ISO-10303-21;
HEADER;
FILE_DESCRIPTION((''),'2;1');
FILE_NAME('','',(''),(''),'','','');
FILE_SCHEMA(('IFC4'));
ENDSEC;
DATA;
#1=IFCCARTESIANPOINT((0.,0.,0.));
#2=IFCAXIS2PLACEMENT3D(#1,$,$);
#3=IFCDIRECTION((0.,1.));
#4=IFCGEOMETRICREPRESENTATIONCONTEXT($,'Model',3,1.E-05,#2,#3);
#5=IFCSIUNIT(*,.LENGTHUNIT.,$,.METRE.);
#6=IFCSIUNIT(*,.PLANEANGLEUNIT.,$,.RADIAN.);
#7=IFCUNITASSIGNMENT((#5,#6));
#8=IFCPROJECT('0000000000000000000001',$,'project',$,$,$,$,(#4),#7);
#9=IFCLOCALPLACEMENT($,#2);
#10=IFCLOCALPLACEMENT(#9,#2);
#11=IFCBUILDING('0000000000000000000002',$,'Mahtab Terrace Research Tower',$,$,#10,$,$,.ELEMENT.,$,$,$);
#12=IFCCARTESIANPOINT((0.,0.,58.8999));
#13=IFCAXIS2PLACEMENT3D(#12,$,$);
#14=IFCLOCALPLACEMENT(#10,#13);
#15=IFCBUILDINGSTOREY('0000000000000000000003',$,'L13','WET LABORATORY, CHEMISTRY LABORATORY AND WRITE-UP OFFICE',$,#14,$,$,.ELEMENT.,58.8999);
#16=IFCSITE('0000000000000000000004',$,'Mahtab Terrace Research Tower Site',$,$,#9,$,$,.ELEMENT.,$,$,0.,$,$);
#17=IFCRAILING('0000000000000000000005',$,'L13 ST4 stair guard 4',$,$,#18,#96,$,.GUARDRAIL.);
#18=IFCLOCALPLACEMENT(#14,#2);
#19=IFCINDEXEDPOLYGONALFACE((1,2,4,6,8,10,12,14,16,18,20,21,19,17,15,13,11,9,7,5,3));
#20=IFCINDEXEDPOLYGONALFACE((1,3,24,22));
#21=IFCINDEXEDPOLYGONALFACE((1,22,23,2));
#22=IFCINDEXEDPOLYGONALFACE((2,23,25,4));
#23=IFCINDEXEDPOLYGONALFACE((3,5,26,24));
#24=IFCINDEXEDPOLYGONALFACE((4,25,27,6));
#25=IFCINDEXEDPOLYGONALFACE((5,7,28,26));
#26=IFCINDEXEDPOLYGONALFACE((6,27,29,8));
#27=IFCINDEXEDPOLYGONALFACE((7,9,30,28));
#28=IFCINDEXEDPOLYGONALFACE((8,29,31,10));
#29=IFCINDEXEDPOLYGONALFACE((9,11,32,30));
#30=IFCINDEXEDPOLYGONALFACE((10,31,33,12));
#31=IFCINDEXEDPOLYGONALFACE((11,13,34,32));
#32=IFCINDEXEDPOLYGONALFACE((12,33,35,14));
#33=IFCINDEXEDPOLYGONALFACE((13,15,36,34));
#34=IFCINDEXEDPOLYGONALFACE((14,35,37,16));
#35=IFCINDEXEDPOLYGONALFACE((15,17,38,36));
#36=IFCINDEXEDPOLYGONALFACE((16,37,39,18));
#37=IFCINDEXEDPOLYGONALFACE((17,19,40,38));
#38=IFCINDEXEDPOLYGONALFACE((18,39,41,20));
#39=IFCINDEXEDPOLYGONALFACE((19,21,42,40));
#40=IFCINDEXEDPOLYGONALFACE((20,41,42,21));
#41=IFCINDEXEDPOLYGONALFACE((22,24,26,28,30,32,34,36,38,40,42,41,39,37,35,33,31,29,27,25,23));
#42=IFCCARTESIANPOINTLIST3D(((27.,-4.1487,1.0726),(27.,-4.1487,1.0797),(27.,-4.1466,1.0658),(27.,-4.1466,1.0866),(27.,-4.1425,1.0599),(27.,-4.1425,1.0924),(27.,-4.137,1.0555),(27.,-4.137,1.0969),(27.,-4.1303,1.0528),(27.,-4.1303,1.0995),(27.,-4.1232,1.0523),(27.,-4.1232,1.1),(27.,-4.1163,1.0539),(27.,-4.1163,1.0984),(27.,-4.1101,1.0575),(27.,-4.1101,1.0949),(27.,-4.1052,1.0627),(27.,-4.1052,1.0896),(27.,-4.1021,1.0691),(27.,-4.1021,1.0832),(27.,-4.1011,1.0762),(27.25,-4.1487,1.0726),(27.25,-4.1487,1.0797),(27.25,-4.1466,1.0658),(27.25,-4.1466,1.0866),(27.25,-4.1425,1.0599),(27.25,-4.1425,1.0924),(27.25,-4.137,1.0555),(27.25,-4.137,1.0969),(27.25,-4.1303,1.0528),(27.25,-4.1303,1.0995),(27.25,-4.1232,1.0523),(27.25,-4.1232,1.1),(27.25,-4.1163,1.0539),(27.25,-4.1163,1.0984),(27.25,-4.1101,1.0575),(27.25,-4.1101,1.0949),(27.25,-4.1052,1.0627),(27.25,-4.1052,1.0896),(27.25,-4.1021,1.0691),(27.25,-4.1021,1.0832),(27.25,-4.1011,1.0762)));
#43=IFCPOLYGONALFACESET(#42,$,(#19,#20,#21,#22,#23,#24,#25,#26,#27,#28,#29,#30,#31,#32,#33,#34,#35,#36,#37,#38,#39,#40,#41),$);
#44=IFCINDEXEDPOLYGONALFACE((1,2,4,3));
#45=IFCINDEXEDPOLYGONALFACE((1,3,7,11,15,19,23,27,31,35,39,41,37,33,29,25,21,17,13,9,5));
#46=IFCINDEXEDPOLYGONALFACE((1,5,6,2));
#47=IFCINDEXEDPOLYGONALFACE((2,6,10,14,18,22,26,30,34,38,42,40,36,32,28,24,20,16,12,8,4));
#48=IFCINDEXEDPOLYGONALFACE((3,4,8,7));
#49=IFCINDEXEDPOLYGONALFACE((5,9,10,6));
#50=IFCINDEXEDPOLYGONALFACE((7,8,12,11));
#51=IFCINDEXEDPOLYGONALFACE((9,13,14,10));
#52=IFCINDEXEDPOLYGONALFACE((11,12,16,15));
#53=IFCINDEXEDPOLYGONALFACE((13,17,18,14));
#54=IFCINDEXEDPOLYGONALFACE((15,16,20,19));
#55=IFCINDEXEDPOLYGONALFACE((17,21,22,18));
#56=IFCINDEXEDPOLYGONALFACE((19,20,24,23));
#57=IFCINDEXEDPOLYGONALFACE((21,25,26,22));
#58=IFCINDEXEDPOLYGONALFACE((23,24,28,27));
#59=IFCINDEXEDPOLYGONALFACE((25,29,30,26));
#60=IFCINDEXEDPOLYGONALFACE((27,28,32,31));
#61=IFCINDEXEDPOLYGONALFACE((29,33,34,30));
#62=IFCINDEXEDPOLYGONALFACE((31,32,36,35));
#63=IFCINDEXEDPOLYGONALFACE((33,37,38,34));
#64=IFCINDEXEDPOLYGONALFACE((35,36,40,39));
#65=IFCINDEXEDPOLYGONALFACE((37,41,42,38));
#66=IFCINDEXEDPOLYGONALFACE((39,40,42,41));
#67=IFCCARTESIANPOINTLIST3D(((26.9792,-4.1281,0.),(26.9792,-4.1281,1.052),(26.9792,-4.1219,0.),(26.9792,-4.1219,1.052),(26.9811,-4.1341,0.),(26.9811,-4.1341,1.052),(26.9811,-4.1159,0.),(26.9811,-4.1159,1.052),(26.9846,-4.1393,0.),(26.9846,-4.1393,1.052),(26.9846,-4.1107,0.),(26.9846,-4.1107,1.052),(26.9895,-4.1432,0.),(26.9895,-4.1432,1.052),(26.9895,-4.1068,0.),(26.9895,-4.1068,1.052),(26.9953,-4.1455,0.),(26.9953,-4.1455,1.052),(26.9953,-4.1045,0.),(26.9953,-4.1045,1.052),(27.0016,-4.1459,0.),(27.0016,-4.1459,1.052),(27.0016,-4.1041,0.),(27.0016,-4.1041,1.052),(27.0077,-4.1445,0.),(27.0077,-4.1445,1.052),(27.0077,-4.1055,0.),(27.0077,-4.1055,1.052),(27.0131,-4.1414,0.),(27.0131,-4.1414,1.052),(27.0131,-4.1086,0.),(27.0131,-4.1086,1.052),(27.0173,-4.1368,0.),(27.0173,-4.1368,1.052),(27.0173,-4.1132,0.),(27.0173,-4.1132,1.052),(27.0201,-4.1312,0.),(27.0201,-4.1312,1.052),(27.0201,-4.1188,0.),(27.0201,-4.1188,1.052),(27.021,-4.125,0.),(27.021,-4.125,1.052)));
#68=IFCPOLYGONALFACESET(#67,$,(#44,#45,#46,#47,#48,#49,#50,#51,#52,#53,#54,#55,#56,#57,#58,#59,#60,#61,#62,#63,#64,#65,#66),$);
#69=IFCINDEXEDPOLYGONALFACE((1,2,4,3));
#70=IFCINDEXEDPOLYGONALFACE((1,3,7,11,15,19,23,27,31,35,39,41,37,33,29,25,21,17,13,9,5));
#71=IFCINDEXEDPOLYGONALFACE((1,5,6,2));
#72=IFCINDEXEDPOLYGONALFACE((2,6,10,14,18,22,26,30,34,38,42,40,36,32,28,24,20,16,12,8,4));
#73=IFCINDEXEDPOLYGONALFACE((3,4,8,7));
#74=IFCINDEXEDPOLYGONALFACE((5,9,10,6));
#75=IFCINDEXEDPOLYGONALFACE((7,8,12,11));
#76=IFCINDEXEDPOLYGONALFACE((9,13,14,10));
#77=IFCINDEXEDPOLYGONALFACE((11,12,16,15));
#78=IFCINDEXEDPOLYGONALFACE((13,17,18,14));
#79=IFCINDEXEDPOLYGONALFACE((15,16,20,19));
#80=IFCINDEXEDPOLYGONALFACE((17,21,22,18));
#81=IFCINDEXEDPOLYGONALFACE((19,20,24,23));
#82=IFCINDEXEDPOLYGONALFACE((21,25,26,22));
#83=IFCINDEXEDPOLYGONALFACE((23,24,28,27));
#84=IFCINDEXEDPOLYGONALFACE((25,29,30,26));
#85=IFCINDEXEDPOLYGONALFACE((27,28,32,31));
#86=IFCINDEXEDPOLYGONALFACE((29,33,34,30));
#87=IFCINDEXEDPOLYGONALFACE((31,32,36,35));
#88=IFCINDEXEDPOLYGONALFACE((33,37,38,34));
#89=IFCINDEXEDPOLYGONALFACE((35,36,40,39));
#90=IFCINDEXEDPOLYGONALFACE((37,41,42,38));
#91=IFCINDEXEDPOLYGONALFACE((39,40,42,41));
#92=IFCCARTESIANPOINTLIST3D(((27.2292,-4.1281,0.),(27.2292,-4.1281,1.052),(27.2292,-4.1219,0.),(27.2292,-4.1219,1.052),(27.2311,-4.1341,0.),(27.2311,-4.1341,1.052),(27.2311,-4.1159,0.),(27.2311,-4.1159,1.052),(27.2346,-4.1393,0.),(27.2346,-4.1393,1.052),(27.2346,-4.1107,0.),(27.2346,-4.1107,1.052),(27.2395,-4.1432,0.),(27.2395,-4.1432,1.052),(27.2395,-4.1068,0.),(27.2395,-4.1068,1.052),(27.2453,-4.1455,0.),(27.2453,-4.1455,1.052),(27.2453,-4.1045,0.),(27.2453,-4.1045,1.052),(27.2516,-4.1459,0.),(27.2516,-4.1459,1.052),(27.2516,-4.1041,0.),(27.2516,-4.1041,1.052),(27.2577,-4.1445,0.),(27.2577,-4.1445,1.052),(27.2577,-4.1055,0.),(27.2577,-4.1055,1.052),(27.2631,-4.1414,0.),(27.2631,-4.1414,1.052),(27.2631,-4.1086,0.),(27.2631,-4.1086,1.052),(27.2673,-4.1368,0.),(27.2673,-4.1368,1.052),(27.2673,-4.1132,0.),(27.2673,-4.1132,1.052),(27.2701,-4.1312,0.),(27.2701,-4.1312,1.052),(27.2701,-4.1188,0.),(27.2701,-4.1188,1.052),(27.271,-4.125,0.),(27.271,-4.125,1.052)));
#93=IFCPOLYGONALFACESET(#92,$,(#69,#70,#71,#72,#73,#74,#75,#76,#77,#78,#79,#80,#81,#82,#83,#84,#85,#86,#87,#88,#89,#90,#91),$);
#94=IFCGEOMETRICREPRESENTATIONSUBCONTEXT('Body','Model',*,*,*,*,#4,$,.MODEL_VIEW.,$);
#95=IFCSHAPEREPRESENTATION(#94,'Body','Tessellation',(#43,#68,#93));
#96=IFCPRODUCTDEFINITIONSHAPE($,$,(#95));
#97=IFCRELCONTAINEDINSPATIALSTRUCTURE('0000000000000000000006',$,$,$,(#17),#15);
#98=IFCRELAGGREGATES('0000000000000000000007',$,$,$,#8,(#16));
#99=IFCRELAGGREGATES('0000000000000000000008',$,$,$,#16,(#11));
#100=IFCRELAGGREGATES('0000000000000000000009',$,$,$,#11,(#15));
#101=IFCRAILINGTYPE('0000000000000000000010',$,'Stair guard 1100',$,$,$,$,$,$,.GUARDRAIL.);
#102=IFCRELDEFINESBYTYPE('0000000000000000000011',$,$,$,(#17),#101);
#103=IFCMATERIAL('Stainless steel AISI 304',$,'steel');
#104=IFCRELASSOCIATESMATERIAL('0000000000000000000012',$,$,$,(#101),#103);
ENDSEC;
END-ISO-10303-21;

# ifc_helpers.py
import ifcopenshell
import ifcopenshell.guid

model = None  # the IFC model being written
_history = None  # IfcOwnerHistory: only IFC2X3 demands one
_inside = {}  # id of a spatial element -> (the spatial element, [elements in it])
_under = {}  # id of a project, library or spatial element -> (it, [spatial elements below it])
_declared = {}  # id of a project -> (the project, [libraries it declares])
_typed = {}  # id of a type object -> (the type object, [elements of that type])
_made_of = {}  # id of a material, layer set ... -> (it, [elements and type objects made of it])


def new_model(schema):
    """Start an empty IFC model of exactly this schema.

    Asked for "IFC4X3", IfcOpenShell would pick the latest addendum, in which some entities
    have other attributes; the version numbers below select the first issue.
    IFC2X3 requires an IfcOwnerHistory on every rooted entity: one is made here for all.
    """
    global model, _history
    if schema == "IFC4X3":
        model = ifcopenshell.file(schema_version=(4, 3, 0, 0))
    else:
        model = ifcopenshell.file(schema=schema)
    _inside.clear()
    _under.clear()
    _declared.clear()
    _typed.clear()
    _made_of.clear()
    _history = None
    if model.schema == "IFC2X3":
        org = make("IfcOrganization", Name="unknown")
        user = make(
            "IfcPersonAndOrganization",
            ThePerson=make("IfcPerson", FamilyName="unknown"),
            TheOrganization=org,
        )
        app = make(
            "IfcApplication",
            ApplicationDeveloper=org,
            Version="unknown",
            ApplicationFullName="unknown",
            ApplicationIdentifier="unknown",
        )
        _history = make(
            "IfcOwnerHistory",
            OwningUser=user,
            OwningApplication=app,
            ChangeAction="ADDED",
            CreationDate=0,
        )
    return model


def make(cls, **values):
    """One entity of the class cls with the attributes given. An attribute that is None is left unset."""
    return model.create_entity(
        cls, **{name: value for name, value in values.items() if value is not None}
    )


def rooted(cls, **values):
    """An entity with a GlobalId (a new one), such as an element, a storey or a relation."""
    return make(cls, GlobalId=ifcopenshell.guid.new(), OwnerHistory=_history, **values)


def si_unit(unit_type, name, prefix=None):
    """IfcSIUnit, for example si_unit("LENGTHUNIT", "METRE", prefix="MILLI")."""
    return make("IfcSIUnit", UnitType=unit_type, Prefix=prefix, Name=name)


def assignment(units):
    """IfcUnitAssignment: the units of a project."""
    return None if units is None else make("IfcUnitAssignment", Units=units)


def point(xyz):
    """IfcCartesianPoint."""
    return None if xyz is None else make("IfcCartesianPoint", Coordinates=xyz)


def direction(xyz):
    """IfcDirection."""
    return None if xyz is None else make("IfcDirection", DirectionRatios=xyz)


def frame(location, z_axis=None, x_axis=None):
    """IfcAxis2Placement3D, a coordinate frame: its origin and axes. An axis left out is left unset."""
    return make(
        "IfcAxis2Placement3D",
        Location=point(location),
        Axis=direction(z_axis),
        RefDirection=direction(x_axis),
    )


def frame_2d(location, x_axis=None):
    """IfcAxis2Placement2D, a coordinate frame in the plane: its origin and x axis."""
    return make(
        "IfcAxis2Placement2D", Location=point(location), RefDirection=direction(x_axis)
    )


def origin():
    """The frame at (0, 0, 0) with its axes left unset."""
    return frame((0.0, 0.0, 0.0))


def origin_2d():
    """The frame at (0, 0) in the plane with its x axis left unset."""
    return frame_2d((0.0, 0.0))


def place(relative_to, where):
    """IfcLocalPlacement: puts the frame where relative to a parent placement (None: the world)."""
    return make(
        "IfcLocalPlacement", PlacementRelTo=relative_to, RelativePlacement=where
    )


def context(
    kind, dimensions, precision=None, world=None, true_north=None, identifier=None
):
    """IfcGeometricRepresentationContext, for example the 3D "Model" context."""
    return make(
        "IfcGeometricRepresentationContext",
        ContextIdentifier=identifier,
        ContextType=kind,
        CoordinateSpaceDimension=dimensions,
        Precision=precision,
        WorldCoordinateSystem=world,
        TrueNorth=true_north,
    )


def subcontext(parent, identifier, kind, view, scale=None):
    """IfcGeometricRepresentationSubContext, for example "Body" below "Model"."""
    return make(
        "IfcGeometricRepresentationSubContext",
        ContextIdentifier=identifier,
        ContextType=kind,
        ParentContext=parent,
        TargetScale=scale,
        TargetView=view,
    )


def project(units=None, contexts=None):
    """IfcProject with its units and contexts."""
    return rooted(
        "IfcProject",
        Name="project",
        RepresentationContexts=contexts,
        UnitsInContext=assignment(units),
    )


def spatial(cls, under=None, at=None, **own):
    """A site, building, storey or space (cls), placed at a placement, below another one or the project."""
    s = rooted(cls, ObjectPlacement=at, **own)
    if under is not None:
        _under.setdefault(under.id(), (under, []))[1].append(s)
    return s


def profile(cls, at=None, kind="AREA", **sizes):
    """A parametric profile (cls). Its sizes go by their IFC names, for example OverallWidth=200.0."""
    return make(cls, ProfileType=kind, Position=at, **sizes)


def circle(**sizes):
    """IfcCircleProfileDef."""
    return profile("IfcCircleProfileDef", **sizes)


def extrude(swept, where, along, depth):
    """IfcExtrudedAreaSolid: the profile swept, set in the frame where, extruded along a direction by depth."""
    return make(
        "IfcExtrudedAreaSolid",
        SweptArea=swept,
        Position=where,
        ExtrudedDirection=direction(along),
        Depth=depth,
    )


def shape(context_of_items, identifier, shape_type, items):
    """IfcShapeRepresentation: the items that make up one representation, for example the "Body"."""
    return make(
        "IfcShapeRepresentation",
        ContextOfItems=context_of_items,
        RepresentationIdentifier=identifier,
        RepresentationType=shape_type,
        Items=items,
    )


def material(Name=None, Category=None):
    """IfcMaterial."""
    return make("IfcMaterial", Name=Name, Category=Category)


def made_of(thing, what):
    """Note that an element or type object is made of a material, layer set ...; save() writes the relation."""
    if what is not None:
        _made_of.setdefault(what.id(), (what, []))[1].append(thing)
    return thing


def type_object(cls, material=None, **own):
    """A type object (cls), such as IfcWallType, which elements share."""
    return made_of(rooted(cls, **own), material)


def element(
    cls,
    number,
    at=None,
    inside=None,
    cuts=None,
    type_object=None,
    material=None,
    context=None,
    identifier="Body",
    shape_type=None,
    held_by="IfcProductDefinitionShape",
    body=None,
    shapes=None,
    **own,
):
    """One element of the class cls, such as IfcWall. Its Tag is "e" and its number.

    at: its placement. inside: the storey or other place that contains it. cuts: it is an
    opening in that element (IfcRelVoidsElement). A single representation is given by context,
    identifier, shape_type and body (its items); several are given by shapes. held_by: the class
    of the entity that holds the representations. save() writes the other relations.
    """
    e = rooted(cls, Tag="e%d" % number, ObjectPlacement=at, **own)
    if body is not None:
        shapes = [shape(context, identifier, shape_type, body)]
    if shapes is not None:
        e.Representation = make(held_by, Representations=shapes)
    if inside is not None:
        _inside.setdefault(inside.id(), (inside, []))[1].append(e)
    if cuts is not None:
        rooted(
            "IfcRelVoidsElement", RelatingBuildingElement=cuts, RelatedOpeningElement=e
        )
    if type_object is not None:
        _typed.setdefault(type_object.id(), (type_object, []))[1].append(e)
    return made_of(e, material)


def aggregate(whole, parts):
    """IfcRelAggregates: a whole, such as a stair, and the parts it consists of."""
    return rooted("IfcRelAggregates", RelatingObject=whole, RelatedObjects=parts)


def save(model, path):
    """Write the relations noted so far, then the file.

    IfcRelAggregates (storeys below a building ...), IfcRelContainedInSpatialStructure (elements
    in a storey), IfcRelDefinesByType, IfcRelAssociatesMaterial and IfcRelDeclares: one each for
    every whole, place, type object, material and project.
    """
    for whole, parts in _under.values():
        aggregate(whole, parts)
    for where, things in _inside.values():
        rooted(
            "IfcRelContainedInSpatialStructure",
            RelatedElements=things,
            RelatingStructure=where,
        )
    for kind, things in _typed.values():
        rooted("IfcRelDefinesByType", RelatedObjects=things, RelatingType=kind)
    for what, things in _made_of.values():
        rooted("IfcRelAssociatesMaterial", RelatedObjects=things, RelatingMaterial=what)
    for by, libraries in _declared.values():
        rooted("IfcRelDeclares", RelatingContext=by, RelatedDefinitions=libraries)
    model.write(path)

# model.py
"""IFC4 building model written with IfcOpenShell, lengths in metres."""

from ifc_helpers import new_model, si_unit, direction, frame, origin, origin_2d, place, context, subcontext, project, spatial, circle, extrude, material, type_object, element, save


model = new_model("IFC4")

# Units and contexts
model_context = context("Model", 3, precision=1e-05, world=origin(), true_north=direction((0.0, 1.0)))
body_context = subcontext(model_context, "Body", "Model", "MODEL_VIEW")
ifc_project = project(units=[si_unit("LENGTHUNIT", "METRE"), si_unit("PLANEANGLEUNIT", "RADIAN")], contexts=[model_context])

# Site, building, storey
site_placement = place(None, origin())
site = spatial("IfcSite", under=ifc_project, at=site_placement, Name="Mahtab Terrace Research Tower Site", CompositionType="ELEMENT", RefElevation=0.0)
building_placement = place(site_placement, origin())
building = spatial("IfcBuilding", under=site, at=building_placement, Name="Mahtab Terrace Research Tower", CompositionType="ELEMENT")
storey_placement = place(building_placement, frame((0.0, 0.0, 58.8999)))
storey = spatial("IfcBuildingStorey", under=building, at=storey_placement, Name="L13", Description="WET LABORATORY, CHEMISTRY LABORATORY AND WRITE-UP OFFICE", CompositionType="ELEMENT", Elevation=58.8999)

# Railing
ifc_material_1 = material(Name="Stainless steel AISI 304", Category="steel")
railing_type_1 = type_object("IfcRailingType", Name="Stair guard 1100", PredefinedType="GUARDRAIL", material=ifc_material_1)
railing_1_placement = place(storey_placement, frame((27.0, -4.125, 0.0)))
element("IfcRailing", 1, at=railing_1_placement, inside=storey, type_object=railing_type_1, Name="L13 ST4 stair guard 4", PredefinedType="GUARDRAIL", context=body_context, shape_type="SweptSolid", body=[
    extrude(circle(Radius=0.0239, at=origin_2d()), frame((0.0, 0.0, 1.0762), z_axis=(1.0, 0.0, 0.0), x_axis=(0.0, 1.0, 0.0)), (0.0, 0.0, 1.0), 0.25),
    extrude(circle(Radius=0.021, at=origin_2d()), origin(), (0.0, 0.0, 1.0), 1.052),
    extrude(circle(Radius=0.021, at=origin_2d()), frame((0.25, 0.0, 0.0)), (0.0, 0.0, 1.0), 1.052),
])

save(model, "model.ifc")
